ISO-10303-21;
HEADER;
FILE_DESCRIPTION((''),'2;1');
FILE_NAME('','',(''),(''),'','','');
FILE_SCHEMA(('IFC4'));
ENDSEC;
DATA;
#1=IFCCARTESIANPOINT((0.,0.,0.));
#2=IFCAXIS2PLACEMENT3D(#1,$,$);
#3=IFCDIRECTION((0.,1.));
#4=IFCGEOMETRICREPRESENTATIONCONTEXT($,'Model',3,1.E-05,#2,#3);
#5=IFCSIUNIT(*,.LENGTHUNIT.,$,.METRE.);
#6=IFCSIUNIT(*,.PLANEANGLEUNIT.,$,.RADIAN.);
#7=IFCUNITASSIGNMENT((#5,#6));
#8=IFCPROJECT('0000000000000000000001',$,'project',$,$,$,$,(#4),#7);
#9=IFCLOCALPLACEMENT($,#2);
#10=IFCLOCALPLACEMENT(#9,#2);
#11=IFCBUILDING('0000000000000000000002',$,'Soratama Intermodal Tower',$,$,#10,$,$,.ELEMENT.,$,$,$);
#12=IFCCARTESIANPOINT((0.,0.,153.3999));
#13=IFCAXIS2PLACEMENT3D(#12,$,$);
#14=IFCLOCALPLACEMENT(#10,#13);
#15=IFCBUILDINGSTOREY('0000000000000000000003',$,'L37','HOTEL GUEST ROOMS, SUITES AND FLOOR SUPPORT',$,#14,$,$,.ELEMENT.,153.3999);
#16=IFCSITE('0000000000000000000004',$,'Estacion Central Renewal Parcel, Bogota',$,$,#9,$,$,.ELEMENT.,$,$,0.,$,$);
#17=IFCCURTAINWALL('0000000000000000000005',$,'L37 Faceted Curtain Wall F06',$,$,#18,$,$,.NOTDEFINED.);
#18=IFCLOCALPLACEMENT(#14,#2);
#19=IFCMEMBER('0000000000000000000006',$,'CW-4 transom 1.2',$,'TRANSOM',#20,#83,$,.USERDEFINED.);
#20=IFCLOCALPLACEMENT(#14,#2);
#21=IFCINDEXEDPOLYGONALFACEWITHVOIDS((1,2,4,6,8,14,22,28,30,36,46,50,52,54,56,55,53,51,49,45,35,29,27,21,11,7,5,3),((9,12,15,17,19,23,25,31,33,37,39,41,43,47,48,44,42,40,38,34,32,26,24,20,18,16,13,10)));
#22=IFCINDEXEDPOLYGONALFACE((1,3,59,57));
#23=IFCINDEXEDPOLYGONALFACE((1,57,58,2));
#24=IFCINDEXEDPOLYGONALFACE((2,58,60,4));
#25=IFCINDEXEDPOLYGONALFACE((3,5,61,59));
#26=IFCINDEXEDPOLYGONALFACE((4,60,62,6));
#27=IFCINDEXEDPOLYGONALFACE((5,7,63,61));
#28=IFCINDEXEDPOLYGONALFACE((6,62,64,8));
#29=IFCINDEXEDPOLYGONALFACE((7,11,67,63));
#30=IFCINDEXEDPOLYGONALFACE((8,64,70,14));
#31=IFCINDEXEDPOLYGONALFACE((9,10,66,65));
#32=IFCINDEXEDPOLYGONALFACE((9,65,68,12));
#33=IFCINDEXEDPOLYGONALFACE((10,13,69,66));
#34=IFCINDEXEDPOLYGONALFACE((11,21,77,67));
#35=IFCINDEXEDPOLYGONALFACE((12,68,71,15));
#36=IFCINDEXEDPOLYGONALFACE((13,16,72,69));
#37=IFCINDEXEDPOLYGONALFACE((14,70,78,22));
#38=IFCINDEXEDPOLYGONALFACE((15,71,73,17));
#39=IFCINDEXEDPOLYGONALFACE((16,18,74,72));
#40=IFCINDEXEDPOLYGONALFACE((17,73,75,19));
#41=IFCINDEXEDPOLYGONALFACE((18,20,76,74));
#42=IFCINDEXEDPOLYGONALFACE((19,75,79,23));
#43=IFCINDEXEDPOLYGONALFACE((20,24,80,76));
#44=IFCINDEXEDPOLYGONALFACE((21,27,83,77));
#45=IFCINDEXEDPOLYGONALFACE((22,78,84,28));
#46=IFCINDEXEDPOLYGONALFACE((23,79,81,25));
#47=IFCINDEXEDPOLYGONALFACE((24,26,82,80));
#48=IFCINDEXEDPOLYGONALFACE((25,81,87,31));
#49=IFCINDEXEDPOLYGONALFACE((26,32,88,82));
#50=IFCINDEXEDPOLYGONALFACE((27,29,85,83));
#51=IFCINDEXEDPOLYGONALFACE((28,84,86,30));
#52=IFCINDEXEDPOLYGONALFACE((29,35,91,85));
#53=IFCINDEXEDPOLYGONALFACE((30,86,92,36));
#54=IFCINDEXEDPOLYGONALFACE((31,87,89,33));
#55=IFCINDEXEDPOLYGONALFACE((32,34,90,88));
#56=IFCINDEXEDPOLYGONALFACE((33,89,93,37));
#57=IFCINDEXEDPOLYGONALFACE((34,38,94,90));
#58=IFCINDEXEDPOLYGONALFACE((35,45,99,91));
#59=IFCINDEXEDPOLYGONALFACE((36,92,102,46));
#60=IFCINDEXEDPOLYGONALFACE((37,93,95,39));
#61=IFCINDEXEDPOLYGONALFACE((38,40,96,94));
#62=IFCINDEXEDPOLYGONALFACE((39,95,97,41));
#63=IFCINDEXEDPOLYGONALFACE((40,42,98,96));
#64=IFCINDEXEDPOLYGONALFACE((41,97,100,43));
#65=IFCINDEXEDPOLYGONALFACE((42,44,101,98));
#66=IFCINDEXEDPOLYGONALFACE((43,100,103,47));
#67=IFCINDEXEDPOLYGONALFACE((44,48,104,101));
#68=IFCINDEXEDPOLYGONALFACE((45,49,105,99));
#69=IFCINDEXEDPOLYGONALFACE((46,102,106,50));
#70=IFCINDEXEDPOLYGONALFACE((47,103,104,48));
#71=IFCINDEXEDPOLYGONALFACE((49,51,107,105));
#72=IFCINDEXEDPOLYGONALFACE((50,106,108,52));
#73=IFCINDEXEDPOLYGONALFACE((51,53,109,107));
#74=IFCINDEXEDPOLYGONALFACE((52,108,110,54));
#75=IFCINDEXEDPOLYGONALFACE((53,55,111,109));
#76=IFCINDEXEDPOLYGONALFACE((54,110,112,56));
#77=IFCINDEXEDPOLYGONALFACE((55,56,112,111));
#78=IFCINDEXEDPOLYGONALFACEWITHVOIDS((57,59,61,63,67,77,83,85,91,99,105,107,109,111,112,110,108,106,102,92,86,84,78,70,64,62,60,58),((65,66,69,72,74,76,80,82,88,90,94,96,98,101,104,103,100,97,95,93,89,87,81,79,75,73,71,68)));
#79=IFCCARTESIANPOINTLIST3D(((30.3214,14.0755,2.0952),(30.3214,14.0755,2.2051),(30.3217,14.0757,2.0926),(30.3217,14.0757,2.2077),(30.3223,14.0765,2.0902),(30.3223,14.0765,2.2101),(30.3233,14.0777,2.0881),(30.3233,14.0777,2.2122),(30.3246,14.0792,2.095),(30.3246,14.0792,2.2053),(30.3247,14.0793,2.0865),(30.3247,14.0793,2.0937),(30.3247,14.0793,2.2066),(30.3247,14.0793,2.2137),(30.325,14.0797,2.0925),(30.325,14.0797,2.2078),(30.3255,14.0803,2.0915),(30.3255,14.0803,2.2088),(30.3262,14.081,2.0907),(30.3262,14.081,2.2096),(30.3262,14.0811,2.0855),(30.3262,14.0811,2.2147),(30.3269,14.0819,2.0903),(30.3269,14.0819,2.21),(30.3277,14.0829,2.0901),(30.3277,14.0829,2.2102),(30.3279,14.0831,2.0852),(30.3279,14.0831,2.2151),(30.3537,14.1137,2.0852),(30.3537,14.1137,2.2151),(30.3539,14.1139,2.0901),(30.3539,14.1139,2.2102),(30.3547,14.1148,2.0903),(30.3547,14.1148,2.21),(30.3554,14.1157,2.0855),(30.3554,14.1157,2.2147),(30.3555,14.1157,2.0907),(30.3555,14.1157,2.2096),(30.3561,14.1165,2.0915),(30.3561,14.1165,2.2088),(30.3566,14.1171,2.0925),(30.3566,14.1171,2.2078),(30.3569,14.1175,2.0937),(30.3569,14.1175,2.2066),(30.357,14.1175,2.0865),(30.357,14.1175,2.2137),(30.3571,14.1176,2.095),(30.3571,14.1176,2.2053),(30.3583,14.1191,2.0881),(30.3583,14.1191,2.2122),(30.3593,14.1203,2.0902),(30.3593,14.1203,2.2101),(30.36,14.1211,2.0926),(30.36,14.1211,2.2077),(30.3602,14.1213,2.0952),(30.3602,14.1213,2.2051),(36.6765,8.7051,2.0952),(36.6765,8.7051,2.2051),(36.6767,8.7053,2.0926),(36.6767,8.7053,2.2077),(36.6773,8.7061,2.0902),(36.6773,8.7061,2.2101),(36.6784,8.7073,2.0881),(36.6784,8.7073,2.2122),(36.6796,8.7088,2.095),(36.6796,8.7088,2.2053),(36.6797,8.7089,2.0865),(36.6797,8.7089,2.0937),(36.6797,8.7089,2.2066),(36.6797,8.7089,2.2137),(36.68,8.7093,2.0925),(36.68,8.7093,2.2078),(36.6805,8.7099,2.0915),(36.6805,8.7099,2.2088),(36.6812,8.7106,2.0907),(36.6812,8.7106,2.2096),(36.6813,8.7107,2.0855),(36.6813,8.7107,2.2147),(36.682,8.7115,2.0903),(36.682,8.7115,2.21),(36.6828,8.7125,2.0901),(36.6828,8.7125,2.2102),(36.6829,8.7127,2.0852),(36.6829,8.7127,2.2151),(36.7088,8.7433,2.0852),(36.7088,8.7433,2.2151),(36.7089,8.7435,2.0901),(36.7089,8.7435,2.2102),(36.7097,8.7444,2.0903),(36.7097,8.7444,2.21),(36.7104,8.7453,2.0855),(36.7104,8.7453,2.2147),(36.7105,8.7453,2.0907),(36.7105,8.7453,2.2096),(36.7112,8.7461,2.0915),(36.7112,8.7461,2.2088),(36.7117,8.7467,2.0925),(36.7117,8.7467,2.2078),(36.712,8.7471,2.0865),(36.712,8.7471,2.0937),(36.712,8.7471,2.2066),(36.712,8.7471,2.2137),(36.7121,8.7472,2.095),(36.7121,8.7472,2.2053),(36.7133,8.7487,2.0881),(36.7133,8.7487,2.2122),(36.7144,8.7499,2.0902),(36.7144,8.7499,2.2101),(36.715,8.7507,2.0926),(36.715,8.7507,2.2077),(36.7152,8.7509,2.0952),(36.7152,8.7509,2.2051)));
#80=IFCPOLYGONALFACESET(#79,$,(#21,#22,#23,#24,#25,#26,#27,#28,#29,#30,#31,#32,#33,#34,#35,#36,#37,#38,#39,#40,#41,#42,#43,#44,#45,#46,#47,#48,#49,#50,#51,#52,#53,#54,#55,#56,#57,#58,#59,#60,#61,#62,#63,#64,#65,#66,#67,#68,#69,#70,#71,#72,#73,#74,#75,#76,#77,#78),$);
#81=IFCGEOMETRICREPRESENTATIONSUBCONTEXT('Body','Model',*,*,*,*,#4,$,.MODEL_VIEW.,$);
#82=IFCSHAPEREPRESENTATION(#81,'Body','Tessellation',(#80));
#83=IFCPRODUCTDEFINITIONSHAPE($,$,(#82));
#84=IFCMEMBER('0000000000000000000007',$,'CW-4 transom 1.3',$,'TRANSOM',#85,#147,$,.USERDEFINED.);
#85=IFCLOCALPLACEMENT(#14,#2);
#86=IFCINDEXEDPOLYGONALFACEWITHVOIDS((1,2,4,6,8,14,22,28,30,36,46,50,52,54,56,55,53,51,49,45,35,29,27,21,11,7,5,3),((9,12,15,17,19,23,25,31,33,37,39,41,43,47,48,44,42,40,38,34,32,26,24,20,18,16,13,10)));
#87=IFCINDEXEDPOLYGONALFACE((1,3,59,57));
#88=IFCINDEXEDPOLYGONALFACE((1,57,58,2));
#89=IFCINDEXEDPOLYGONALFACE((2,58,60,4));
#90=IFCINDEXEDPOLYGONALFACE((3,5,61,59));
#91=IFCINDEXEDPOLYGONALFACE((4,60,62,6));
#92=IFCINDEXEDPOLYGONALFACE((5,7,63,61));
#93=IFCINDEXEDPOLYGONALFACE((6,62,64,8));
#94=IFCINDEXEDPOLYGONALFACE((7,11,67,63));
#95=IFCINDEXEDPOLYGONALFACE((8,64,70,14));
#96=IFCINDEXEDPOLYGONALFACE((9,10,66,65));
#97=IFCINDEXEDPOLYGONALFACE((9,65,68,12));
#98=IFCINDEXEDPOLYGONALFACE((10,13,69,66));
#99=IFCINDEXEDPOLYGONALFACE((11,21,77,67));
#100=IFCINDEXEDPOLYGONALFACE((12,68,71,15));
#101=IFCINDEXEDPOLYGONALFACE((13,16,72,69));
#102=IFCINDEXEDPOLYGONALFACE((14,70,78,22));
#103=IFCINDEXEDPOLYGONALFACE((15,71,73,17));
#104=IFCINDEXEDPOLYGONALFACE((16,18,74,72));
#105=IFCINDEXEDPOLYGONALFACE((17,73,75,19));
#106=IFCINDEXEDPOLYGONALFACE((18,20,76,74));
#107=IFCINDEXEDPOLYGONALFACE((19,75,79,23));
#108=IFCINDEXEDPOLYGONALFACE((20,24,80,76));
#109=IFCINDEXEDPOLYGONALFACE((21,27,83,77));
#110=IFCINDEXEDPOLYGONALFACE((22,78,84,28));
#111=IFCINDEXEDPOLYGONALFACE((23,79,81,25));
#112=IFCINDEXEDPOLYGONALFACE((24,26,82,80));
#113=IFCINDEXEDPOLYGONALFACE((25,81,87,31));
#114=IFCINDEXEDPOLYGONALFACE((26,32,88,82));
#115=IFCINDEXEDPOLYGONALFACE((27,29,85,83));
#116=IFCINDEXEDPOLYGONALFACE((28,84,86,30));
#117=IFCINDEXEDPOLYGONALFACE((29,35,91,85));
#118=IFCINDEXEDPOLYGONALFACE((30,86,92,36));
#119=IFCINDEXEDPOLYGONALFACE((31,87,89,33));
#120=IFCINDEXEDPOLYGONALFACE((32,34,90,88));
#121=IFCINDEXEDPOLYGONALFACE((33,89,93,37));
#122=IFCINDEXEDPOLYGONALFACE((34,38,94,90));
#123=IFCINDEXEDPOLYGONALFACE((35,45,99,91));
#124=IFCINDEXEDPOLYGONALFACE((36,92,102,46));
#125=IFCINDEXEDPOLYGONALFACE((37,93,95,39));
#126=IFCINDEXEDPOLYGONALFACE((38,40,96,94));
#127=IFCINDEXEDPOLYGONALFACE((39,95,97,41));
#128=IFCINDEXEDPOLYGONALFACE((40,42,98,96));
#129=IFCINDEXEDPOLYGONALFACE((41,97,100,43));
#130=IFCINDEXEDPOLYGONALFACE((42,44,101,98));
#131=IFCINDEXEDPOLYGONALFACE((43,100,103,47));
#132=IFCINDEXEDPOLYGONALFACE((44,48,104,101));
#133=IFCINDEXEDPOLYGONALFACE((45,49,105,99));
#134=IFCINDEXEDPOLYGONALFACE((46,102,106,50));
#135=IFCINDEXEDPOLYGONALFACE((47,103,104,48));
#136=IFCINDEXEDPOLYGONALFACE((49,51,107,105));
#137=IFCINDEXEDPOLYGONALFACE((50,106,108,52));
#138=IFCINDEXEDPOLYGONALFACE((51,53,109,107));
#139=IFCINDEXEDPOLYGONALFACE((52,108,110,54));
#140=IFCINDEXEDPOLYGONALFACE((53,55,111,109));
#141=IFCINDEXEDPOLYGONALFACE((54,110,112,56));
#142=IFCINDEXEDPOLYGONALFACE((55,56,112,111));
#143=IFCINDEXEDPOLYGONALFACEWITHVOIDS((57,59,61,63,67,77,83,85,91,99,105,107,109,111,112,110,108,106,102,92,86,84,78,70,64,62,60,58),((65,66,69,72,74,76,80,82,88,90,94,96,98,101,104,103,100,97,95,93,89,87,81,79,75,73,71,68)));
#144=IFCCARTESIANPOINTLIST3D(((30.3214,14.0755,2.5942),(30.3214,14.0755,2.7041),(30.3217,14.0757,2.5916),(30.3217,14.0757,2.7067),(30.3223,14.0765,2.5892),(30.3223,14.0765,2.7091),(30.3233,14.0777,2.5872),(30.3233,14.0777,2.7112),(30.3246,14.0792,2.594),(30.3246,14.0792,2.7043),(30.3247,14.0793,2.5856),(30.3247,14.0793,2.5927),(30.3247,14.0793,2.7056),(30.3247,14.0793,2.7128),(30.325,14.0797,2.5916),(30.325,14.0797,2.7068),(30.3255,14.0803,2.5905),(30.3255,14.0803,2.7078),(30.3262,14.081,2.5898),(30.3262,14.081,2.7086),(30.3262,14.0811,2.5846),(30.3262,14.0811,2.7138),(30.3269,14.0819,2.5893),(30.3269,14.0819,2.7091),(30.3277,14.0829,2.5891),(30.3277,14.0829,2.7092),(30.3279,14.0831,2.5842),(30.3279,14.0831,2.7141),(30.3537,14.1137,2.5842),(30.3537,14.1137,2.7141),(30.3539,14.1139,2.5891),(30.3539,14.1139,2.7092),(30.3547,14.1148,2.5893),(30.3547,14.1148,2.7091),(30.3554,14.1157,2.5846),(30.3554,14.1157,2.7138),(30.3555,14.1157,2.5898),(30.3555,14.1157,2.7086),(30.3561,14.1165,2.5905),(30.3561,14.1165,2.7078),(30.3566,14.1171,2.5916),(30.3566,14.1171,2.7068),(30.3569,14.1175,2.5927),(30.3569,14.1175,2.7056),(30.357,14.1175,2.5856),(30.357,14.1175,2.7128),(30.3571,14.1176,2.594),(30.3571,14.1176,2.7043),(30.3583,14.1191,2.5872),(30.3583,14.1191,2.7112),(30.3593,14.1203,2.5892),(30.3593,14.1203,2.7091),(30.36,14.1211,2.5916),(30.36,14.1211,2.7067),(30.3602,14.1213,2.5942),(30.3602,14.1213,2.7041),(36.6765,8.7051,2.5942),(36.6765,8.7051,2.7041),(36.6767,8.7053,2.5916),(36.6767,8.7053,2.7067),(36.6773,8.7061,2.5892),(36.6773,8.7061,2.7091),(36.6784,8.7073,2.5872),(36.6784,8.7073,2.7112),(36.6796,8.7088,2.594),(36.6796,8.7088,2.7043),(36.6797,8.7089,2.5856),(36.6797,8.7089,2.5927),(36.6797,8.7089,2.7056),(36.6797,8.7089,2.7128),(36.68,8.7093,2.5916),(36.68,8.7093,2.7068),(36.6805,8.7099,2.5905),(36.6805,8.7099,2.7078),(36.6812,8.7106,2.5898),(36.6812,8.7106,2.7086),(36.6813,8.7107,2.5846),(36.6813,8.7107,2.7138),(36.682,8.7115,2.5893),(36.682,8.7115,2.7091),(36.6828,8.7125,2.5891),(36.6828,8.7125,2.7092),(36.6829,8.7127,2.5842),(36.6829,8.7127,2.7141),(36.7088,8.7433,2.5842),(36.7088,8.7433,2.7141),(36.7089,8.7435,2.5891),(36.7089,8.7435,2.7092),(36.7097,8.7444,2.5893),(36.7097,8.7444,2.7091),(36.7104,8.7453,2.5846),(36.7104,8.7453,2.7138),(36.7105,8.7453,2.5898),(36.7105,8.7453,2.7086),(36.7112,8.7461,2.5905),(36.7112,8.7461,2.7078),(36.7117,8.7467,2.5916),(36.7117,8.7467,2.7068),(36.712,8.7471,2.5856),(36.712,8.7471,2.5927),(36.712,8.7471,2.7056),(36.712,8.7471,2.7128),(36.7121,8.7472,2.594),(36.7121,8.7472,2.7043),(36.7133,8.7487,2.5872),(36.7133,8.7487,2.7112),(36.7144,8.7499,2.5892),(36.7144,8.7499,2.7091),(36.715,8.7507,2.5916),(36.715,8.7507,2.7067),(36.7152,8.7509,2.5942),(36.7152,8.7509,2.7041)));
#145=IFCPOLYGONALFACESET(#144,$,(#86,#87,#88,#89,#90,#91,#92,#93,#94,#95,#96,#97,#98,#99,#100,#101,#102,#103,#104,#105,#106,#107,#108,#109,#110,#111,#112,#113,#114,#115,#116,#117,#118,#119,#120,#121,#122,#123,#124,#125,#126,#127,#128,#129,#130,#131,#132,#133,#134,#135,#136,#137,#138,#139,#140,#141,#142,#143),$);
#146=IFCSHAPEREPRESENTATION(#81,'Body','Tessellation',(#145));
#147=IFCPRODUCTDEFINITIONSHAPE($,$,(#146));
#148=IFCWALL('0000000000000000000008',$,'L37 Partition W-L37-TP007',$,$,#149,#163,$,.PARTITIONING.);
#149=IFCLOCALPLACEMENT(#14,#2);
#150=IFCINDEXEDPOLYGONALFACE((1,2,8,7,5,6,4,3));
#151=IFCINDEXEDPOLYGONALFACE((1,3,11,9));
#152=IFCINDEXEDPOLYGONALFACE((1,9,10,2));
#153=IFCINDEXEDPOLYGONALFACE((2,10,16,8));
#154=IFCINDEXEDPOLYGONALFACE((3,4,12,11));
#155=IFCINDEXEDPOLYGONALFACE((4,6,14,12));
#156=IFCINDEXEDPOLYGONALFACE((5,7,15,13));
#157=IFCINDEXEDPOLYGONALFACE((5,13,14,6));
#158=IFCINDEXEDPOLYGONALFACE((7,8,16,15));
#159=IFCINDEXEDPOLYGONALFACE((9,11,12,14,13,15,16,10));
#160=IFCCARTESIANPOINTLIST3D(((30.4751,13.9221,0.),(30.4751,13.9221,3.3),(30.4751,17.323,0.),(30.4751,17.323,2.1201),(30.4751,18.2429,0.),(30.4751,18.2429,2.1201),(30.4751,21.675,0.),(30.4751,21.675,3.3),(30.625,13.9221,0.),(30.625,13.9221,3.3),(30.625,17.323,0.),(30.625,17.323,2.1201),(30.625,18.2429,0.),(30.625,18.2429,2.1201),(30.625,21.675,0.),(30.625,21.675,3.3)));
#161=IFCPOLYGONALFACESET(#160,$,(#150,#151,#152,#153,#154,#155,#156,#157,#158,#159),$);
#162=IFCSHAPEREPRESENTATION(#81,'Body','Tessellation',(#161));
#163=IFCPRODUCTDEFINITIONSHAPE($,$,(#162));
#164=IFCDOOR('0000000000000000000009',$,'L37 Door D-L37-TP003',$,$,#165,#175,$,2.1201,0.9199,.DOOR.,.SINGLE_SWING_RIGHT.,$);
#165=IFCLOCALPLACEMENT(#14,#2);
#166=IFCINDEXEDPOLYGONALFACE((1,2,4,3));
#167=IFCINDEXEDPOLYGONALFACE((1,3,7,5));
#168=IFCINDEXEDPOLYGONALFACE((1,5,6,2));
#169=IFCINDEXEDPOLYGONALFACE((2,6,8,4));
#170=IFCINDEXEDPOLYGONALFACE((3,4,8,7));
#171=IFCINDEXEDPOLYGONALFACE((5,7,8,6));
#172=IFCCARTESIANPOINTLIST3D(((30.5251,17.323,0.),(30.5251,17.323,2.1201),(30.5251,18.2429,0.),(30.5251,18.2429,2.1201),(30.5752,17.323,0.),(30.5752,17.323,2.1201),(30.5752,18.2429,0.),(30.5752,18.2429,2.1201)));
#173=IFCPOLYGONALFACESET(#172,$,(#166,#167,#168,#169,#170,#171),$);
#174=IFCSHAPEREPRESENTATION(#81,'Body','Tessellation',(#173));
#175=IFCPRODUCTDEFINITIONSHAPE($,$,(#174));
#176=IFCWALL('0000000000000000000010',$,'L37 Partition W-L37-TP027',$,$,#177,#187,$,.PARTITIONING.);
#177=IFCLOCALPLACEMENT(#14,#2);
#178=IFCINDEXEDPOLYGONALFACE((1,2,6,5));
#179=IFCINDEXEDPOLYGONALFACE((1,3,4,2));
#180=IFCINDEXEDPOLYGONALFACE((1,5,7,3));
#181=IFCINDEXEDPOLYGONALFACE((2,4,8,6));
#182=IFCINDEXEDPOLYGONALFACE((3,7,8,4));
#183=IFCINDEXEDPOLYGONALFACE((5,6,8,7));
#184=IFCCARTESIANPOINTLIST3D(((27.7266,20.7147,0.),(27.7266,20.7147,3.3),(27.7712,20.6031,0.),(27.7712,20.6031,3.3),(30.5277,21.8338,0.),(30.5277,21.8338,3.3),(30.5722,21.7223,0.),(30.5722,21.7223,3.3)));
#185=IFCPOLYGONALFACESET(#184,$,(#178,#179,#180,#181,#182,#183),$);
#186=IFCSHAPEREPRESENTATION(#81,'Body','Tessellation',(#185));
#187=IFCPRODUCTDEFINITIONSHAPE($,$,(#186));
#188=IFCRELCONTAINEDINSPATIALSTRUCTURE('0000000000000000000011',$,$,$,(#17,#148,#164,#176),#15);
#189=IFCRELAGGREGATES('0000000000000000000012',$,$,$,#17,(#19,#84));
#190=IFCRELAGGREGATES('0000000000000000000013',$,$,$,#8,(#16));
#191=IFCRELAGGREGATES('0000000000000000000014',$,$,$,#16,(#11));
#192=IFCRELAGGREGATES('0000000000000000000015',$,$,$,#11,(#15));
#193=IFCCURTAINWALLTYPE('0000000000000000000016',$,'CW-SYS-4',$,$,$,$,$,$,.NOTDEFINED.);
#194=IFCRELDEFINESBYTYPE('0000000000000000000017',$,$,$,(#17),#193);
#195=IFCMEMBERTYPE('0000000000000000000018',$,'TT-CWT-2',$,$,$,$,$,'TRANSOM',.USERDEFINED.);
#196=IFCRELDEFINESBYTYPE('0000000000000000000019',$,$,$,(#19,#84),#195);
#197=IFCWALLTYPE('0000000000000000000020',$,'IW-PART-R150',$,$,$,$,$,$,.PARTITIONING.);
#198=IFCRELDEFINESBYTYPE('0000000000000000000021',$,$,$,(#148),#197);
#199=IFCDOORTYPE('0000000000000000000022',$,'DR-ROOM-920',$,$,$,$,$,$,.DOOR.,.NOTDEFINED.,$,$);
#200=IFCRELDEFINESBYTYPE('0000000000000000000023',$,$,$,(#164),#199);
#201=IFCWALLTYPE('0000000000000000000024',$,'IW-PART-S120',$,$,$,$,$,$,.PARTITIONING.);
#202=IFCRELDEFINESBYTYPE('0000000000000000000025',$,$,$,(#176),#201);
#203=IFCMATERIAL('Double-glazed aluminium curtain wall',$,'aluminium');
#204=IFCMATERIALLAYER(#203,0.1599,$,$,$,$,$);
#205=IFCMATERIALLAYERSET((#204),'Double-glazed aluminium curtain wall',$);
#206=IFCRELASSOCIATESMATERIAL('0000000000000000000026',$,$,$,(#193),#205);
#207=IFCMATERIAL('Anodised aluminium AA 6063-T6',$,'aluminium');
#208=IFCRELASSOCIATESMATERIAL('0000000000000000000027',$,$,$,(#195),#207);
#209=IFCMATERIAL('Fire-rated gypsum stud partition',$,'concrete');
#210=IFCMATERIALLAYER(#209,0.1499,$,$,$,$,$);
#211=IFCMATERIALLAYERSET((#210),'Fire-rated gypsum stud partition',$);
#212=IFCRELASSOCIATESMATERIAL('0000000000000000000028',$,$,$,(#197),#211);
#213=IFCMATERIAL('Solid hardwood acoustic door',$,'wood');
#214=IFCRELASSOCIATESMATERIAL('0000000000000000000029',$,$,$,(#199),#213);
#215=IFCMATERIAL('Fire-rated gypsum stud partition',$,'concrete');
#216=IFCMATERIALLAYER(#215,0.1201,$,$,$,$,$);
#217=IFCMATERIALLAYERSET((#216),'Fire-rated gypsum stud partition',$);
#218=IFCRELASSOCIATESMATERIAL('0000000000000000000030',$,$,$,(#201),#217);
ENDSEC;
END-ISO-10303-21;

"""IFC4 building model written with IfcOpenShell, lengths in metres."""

from ifc_helpers import new_model, si_unit, direction, frame, frame_2d, origin, origin_2d, place, context, subcontext, project, spatial, rectangle, hollow_rectangle, extrude, material, layer, layer_set, material_profile, profile_set, type_object, element, fill, aggregate, save


model = new_model("IFC4")

# Units and contexts
model_context = context("Model", 3, precision=1e-05, world=origin(), true_north=direction((0.0, 1.0)))
body_context = subcontext(model_context, "Body", "Model", "MODEL_VIEW")
ifc_project = project(units=[si_unit("LENGTHUNIT", "METRE"), si_unit("PLANEANGLEUNIT", "RADIAN")], contexts=[model_context])

# Site, building, storey
site_placement = place(None, origin())
site = spatial("IfcSite", under=ifc_project, at=site_placement, Name="Estacion Central Renewal Parcel, Bogota", CompositionType="ELEMENT", RefElevation=0.0)
building_placement = place(site_placement, origin())
building = spatial("IfcBuilding", under=site, at=building_placement, Name="Soratama Intermodal Tower", CompositionType="ELEMENT")
storey_placement = place(building_placement, frame((0.0, 0.0, 153.3999)))
storey = spatial("IfcBuildingStorey", under=building, at=storey_placement, Name="L37", Description="HOTEL GUEST ROOMS, SUITES AND FLOOR SUPPORT", CompositionType="ELEMENT", Elevation=153.3999)

# Curtain wall, members
ifc_material_1 = material(Name="Double-glazed aluminium curtain wall", Category="aluminium")
ifc_layer_1 = layer(ifc_material_1, 0.1599)
ifc_layer_set_1 = layer_set([ifc_layer_1], Name="Double-glazed aluminium curtain wall")
curtain_wall_type = type_object("IfcCurtainWallType", Name="CW-SYS-4", PredefinedType="NOTDEFINED", material=ifc_layer_set_1)
curtain_wall_placement = place(storey_placement, origin())
curtain_wall = element("IfcCurtainWall", 1, at=curtain_wall_placement, inside=storey, type_object=curtain_wall_type, Name="L37 Faceted Curtain Wall F06", PredefinedType="NOTDEFINED")
ifc_material_2 = material(Name="Anodised aluminium AA 6063-T6", Category="aluminium")
ifc_material_profile_1 = material_profile(ifc_material_2, hollow_rectangle(XDim=0.0601, YDim=0.1299, WallThickness=0.0049, InnerFilletRadius=0.0049, OuterFilletRadius=0.01, at=origin_2d()), Name="CWT130X60X5")
ifc_profile_set_1 = profile_set([ifc_material_profile_1], Name="Anodised aluminium AA 6063-T6")
member_type = type_object("IfcMemberType", Name="TT-CWT-2", ElementType="TRANSOM", PredefinedType="USERDEFINED", material=ifc_profile_set_1)
member_1_placement = place(storey_placement, frame((30.3408, 14.0984, 2.1501), z_axis=(0.763797, -0.645457, 0.0), x_axis=(0.645457, 0.763797, 0.0)))
member_1 = element("IfcMember", 2, at=member_1_placement, type_object=member_type, Name="CW-4 transom 1.2", ObjectType="TRANSOM", PredefinedType="USERDEFINED", context=body_context, shape_type="SweptSolid", body=[
    extrude(hollow_rectangle(XDim=0.0601, YDim=0.1299, WallThickness=0.0049, InnerFilletRadius=0.0049, OuterFilletRadius=0.01, at=origin_2d()), origin(), (0.0, 0.0, 1.0), 8.3203),
])
member_2_placement = place(storey_placement, frame((30.3408, 14.0984, 2.6492), z_axis=(0.763797, -0.645457, 0.0), x_axis=(0.645457, 0.763797, 0.0)))
member_2 = element("IfcMember", 3, at=member_2_placement, type_object=member_type, Name="CW-4 transom 1.3", ObjectType="TRANSOM", PredefinedType="USERDEFINED", context=body_context, shape_type="SweptSolid", body=[
    extrude(hollow_rectangle(XDim=0.0601, YDim=0.1299, WallThickness=0.0049, InnerFilletRadius=0.0049, OuterFilletRadius=0.01, at=origin_2d()), origin(), (0.0, 0.0, 1.0), 8.3203),
])
aggregate(curtain_wall, [member_1, member_2])

# Wall, opening, door
ifc_material_3 = material(Name="Fire-rated gypsum stud partition", Category="concrete")
ifc_layer_2 = layer(ifc_material_3, 0.1499)
ifc_layer_set_2 = layer_set([ifc_layer_2], Name="Fire-rated gypsum stud partition")
wall_type_1 = type_object("IfcWallType", Name="IW-PART-R150", PredefinedType="PARTITIONING", material=ifc_layer_set_2)
wall_1_placement = place(storey_placement, frame((30.55, 13.9221, 0.0), z_axis=(0.0, 0.0, 1.0), x_axis=(0.0, 1.0, 0.0)))
wall_1 = element("IfcWall", 4, at=wall_1_placement, inside=storey, type_object=wall_type_1, Name="L37 Partition W-L37-TP007", PredefinedType="PARTITIONING", context=body_context, shape_type="SweptSolid", body=[
    extrude(rectangle(XDim=7.7529, YDim=0.1499, at=frame_2d((3.8765, 0.0))), origin(), (0.0, 0.0, 1.0), 3.3),
])
opening_1_placement = place(wall_1_placement, frame((3.4009, 0.0, 0.0)))
opening_1 = element("IfcOpeningElement", 5, at=opening_1_placement, cuts=wall_1, PredefinedType="OPENING", context=body_context, shape_type="SweptSolid", body=[
    extrude(rectangle(XDim=0.9199, YDim=2.1201, at=frame_2d((0.46, 1.0601))), frame((0.0, 0.085, 0.0), z_axis=(0.0, -1.0, 0.0), x_axis=(1.0, 0.0, 0.0)), (0.0, 0.0, 1.0), 0.1699),
])
ifc_material_4 = material(Name="Solid hardwood acoustic door", Category="wood")
door_type = type_object("IfcDoorType", Name="DR-ROOM-920", OperationType="NOTDEFINED", PredefinedType="DOOR", material=ifc_material_4)
door_1_placement = place(opening_1_placement, origin())
door_1 = element("IfcDoor", 6, at=door_1_placement, inside=storey, type_object=door_type, Name="L37 Door D-L37-TP003", OperationType="SINGLE_SWING_RIGHT", OverallHeight=2.1201, OverallWidth=0.9199, PredefinedType="DOOR", context=body_context, shape_type="SweptSolid", body=[
    extrude(rectangle(XDim=0.9199, YDim=2.1201, at=frame_2d((0.46, 1.0601))), frame((0.0, 0.0249, 0.0), z_axis=(0.0, -1.0, 0.0), x_axis=(1.0, 0.0, 0.0)), (0.0, 0.0, 1.0), 0.05),
])
fill(opening_1, door_1)

# Wall
ifc_material_5 = material(Name="Fire-rated gypsum stud partition", Category="concrete")
ifc_layer_3 = layer(ifc_material_5, 0.1201)
ifc_layer_set_3 = layer_set([ifc_layer_3], Name="Fire-rated gypsum stud partition")
wall_type_2 = type_object("IfcWallType", Name="IW-PART-S120", PredefinedType="PARTITIONING", material=ifc_layer_set_3)
wall_2_placement = place(storey_placement, frame((30.55, 21.7781, 0.0), z_axis=(0.0, 0.0, 1.0), x_axis=(-0.928622, -0.371028, 0.0)))
element("IfcWall", 7, at=wall_2_placement, inside=storey, type_object=wall_type_2, Name="L37 Partition W-L37-TP027", PredefinedType="PARTITIONING", context=body_context, shape_type="SweptSolid", body=[
    extrude(rectangle(XDim=3.0164, YDim=0.1201, at=frame_2d((1.5083, 0.0))), origin(), (0.0, 0.0, 1.0), 3.3),
])

save(model, "model.ifc")
